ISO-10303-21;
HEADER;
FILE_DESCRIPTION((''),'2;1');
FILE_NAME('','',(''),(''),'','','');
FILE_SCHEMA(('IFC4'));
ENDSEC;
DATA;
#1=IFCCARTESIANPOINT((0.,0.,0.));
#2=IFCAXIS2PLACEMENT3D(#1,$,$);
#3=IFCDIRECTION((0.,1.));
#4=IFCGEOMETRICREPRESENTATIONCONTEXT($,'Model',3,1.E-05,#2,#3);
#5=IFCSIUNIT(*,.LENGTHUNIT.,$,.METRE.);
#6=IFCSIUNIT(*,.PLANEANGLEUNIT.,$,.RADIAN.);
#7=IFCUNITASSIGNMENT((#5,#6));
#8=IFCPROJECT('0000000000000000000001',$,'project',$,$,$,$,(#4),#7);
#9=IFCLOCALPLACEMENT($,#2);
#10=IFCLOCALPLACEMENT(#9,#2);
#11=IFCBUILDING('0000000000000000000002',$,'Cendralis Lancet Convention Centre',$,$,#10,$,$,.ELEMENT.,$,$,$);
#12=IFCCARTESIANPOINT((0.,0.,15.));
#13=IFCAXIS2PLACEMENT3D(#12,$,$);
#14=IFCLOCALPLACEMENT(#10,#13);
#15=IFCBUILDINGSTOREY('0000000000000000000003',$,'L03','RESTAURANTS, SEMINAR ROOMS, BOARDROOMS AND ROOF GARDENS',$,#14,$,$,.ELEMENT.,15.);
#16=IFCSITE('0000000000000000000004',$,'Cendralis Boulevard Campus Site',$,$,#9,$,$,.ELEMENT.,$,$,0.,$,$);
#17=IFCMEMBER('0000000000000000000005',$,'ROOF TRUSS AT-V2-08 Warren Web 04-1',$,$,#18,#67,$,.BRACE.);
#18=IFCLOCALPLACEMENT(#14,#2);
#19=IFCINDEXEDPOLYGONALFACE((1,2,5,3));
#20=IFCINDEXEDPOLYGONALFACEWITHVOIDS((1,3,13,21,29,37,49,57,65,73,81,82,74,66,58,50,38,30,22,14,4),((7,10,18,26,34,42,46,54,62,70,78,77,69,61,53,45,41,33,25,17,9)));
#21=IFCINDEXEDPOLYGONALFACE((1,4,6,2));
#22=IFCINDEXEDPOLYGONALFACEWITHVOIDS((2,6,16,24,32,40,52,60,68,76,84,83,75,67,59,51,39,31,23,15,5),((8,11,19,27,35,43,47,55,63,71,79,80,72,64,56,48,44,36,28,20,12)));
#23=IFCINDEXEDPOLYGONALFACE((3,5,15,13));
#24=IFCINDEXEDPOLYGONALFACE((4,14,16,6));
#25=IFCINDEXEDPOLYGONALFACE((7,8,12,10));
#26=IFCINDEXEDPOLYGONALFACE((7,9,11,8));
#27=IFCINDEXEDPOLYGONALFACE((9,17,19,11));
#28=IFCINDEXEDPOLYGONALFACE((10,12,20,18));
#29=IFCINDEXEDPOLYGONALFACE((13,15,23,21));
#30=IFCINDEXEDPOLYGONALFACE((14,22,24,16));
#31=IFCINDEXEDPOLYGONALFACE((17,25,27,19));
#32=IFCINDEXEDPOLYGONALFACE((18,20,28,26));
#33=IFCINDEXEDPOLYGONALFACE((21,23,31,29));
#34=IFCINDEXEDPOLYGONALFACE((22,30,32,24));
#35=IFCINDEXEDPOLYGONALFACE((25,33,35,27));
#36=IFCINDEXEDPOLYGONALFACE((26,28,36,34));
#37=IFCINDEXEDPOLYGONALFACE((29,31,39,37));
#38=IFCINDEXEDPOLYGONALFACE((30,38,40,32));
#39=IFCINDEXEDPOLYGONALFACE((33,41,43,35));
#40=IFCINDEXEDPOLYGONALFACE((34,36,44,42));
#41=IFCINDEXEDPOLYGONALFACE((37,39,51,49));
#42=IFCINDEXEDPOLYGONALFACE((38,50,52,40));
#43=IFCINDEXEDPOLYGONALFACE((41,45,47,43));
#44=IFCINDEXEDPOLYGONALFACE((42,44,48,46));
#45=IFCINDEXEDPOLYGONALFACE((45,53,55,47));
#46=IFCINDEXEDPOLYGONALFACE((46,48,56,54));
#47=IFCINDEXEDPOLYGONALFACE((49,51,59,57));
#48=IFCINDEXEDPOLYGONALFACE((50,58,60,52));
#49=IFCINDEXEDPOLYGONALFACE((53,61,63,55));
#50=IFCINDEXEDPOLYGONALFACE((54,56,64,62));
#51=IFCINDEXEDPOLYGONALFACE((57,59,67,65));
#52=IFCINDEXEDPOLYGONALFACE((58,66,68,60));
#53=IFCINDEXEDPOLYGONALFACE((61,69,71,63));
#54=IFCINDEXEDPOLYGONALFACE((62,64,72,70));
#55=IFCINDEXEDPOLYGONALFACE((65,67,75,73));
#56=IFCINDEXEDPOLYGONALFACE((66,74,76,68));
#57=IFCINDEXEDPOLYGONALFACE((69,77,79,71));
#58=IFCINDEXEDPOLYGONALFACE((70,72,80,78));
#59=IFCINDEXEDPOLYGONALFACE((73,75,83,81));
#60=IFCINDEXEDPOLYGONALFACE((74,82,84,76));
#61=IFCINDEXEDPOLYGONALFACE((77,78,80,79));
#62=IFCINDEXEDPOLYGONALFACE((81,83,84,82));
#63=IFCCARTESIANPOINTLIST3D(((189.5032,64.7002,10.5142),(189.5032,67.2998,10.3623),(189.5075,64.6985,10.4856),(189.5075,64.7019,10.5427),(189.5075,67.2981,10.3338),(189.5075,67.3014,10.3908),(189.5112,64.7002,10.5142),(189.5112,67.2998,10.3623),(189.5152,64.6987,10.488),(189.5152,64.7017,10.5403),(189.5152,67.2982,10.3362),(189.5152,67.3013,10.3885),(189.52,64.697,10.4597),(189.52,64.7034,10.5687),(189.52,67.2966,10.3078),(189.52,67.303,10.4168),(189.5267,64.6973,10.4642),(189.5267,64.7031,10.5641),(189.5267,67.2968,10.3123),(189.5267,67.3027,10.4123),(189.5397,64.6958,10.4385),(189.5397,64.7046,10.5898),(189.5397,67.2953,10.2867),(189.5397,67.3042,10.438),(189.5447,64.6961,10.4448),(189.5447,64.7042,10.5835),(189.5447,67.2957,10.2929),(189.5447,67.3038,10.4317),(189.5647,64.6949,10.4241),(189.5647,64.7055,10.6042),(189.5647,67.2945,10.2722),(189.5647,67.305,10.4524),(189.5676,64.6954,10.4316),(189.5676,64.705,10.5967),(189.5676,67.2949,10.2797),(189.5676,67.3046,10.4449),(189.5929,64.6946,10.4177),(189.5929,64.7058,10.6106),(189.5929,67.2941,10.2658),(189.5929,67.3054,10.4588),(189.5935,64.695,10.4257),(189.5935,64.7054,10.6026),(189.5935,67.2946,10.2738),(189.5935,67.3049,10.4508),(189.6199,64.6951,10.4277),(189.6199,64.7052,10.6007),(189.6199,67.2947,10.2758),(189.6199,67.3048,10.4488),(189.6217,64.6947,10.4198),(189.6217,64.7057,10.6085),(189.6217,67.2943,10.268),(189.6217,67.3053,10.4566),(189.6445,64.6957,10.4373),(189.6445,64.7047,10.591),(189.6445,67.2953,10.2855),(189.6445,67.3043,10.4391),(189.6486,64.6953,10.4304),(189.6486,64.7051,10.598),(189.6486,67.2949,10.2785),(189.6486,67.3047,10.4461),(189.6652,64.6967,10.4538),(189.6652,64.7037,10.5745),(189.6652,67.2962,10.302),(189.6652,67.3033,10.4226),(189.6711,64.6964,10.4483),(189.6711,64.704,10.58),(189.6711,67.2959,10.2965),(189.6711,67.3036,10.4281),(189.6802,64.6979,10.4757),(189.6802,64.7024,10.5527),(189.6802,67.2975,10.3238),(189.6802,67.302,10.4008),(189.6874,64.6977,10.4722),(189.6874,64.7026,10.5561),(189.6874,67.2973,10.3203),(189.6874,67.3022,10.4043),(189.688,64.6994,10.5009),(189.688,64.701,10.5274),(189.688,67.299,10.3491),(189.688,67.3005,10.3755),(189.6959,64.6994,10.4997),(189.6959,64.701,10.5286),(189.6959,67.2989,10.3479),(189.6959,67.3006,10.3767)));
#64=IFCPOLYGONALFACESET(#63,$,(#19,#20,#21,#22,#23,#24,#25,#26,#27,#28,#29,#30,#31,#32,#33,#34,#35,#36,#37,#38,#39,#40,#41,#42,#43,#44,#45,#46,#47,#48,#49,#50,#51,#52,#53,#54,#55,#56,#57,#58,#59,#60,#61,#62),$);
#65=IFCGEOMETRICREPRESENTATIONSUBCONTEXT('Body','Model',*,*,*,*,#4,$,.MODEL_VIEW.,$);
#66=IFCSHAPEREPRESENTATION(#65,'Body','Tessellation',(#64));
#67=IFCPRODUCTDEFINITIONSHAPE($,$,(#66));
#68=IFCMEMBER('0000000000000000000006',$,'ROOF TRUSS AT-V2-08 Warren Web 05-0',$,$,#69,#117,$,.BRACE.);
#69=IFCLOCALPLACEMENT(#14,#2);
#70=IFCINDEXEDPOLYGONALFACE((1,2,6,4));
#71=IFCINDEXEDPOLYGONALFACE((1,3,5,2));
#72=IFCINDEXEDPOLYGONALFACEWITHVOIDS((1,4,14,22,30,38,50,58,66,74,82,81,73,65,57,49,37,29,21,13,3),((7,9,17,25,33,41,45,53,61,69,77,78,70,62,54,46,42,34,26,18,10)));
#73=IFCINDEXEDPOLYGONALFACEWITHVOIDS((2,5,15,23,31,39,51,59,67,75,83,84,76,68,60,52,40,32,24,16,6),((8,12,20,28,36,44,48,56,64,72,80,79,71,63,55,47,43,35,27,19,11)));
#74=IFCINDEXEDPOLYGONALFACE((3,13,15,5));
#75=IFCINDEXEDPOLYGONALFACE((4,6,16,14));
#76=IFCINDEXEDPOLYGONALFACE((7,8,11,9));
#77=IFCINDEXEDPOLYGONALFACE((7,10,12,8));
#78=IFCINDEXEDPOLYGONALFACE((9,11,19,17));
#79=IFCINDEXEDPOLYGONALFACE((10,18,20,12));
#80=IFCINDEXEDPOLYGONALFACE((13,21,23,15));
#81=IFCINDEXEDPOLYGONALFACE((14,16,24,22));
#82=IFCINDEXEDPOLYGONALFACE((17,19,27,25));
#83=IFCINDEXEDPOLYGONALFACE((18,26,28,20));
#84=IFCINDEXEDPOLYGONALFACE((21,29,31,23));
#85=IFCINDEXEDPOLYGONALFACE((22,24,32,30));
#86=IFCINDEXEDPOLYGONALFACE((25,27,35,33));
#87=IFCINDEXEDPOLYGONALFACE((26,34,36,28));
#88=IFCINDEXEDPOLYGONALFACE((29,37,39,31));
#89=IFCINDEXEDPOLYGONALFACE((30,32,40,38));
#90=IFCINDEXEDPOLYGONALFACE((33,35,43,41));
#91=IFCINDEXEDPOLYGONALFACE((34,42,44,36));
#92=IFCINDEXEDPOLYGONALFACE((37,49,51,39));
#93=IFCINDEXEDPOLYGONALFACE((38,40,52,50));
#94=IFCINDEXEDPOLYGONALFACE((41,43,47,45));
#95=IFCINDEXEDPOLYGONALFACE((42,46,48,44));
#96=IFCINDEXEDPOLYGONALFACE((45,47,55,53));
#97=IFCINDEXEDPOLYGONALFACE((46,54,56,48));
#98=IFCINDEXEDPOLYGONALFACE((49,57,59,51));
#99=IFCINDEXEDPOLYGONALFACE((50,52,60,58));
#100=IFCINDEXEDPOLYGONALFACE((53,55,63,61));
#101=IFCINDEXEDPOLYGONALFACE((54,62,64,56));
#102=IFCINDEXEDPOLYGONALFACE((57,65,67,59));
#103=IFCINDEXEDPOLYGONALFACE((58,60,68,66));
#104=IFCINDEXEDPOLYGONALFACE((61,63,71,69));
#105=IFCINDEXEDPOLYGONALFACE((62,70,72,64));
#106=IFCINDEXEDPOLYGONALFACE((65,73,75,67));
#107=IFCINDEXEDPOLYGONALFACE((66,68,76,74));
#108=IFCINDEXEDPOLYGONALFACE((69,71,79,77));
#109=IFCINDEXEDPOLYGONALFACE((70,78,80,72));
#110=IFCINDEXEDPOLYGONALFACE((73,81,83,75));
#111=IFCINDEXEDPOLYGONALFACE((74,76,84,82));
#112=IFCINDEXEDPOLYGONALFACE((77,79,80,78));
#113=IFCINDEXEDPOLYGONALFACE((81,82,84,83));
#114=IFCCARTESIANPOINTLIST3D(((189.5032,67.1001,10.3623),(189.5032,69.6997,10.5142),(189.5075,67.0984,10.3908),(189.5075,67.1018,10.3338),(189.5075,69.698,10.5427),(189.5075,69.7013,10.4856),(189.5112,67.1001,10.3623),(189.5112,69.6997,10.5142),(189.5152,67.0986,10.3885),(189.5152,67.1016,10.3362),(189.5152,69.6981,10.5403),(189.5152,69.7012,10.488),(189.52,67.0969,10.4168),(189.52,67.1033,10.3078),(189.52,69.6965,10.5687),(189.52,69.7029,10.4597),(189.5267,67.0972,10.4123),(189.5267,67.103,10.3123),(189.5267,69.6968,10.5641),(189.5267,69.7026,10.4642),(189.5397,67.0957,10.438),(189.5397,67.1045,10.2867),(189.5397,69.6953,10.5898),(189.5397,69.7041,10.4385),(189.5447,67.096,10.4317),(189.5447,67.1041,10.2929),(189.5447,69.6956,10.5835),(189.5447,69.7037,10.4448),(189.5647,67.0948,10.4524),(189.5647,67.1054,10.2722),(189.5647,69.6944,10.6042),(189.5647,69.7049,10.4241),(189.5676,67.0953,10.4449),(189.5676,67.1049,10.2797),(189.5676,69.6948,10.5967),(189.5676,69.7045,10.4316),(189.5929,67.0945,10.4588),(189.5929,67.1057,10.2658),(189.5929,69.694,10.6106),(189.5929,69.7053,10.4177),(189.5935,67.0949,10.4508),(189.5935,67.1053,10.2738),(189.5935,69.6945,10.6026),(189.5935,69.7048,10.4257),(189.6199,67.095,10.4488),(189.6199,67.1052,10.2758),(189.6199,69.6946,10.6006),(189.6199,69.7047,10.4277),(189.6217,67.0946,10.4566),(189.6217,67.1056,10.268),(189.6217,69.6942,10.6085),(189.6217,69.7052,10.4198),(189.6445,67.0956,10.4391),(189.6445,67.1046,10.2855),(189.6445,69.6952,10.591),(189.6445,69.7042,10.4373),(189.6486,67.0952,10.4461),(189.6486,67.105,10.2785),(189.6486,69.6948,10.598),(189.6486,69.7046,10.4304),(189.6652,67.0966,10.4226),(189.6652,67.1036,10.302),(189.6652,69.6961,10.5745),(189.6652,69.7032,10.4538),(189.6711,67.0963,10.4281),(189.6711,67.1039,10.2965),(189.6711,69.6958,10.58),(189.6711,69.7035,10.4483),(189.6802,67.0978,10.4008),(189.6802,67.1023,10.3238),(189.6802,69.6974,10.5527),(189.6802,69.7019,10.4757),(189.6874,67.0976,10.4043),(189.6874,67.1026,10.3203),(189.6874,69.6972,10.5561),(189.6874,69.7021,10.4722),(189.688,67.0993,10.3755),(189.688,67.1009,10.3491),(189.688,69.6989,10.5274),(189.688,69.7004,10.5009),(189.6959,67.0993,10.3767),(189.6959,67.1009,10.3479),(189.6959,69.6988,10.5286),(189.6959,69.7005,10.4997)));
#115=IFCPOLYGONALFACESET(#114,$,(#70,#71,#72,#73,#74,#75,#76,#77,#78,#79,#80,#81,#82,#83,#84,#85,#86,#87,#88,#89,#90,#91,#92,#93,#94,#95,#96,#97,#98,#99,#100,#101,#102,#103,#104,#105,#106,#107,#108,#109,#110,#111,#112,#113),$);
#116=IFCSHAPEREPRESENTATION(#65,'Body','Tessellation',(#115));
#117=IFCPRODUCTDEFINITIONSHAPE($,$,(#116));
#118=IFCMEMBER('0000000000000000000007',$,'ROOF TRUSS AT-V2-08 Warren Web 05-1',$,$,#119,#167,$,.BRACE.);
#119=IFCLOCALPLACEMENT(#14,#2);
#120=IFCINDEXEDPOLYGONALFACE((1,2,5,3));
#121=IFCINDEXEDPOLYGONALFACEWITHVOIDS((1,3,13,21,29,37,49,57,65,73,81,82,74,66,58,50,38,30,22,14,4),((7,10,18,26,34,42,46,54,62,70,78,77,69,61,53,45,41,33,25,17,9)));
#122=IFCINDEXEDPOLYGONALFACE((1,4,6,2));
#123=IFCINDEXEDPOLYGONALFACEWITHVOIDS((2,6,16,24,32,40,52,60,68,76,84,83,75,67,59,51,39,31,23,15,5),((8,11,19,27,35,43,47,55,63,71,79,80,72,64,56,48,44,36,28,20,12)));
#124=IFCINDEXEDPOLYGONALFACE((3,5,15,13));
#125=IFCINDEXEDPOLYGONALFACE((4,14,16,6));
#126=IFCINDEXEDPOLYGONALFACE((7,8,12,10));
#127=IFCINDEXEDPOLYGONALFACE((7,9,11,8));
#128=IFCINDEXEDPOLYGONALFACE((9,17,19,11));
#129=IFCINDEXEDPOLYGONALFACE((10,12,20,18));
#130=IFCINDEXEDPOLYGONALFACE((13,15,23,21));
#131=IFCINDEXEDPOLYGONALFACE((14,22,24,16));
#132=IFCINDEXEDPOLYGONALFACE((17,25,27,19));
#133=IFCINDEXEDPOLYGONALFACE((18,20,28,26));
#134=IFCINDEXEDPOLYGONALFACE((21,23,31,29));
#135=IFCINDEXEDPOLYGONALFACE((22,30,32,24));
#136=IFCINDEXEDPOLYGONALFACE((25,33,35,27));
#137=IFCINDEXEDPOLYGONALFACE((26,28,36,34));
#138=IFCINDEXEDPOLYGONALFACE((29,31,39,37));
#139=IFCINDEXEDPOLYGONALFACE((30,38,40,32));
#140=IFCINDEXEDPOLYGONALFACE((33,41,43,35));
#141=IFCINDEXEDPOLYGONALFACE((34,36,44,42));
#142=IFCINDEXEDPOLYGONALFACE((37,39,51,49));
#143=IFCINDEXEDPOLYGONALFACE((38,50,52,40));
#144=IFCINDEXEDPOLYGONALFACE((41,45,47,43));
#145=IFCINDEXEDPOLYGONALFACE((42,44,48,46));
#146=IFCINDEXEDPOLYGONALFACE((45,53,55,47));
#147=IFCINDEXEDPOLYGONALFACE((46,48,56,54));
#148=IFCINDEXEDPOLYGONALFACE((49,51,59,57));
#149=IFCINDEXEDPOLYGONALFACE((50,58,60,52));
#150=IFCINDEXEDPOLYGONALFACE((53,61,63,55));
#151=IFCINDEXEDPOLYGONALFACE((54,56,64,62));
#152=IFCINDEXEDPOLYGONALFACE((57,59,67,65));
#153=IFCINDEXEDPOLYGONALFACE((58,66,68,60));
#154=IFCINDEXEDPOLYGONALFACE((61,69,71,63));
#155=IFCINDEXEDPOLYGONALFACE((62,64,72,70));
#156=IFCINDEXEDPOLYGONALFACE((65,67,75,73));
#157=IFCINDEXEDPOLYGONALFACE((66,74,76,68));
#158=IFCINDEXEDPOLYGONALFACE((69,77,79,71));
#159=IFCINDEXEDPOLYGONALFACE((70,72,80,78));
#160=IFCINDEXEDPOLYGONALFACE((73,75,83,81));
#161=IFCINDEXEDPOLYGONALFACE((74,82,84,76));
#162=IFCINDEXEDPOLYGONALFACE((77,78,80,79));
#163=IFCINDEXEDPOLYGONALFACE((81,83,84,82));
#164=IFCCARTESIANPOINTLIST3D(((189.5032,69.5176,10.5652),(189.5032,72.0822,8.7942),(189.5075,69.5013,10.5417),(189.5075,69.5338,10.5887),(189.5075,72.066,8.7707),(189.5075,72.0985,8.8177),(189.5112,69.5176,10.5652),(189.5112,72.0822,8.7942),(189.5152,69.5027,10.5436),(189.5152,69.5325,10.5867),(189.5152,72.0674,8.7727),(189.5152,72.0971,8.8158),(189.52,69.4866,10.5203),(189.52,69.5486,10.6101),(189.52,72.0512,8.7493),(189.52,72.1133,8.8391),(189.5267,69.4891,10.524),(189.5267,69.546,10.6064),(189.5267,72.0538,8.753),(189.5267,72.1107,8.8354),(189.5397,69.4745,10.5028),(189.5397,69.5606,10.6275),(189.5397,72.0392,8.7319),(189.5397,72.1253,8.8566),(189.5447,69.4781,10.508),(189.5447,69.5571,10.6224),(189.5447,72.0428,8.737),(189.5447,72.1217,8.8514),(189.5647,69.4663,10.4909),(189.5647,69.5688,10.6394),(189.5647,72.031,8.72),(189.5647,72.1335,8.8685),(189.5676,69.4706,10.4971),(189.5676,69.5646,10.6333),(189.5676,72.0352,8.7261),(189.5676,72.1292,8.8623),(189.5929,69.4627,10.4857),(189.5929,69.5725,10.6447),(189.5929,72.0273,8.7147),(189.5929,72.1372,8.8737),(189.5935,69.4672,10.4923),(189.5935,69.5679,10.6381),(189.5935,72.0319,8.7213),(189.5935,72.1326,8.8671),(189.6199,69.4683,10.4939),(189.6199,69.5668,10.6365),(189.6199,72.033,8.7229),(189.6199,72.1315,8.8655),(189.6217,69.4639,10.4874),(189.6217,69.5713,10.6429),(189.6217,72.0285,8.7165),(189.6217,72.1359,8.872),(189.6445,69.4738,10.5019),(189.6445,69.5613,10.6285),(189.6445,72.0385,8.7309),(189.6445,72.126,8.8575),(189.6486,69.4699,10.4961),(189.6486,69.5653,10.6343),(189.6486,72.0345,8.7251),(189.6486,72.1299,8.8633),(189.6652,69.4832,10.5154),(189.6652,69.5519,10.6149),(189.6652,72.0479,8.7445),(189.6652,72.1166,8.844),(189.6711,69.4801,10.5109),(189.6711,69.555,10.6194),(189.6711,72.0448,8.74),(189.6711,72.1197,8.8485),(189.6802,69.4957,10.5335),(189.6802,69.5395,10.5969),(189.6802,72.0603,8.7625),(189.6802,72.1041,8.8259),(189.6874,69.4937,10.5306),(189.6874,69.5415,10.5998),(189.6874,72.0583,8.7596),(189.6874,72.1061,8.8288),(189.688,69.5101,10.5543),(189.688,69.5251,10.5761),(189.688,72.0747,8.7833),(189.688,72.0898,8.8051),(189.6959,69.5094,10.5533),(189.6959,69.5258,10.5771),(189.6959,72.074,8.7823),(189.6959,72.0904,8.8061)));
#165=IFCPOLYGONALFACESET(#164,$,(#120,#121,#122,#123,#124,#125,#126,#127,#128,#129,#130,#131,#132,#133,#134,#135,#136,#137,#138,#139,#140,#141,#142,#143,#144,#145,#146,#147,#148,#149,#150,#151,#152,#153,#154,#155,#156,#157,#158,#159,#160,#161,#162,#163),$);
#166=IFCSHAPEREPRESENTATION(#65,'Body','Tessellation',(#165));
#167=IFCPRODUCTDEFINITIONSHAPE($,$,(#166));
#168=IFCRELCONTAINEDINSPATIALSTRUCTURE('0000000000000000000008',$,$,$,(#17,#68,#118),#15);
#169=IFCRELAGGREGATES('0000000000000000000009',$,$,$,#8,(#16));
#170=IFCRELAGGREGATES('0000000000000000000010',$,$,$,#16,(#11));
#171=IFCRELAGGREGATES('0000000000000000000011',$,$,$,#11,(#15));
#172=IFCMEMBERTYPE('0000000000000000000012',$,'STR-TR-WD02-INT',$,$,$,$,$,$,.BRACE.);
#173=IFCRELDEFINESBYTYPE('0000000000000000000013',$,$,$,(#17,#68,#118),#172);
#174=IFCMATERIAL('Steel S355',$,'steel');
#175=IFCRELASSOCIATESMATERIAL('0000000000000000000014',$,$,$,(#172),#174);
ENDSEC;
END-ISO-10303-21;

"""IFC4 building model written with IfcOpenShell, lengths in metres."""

from ifc_helpers import new_model, si_unit, direction, frame, origin, origin_2d, place, context, subcontext, project, spatial, hollow_circle, extrude, material, material_profile, profile_set, type_object, element, save


model = new_model("IFC4")

# Units and contexts
model_context = context("Model", 3, precision=1e-05, world=origin(), true_north=direction((0.0, 1.0)))
body_context = subcontext(model_context, "Body", "Model", "MODEL_VIEW")
ifc_project = project(units=[si_unit("LENGTHUNIT", "METRE"), si_unit("PLANEANGLEUNIT", "RADIAN")], contexts=[model_context])

# Site, building, storey
site_placement = place(None, origin())
site = spatial("IfcSite", under=ifc_project, at=site_placement, Name="Cendralis Boulevard Campus Site", CompositionType="ELEMENT", RefElevation=0.0)
building_placement = place(site_placement, origin())
building = spatial("IfcBuilding", under=site, at=building_placement, Name="Cendralis Lancet Convention Centre", CompositionType="ELEMENT")
storey_placement = place(building_placement, frame((0.0, 0.0, 15.0)))
storey = spatial("IfcBuildingStorey", under=building, at=storey_placement, Name="L03", Description="RESTAURANTS, SEMINAR ROOMS, BOARDROOMS AND ROOF GARDENS", CompositionType="ELEMENT", Elevation=15.0)

# Shared definitions
ifc_material = material(Name="Steel S355", Category="steel")

# Members
ifc_material_profile_1 = material_profile(ifc_material, hollow_circle(Radius=0.0969, WallThickness=0.0081, at=origin_2d()), Name="CHS 193.7x8.0")
ifc_profile_set_1 = profile_set([ifc_material_profile_1], Name="Steel S355")
member_type_1 = type_object("IfcMemberType", Name="STR-TR-WD02-INT", PredefinedType="BRACE", material=ifc_profile_set_1)
for number, where, z_axis, x_axis, name in (
    (1, (189.6001, 64.7002, 10.5142), (0.0, 0.998298, -0.058315), (-1.0, 0.0, 0.0), "ROOF TRUSS AT-V2-08 Warren Web 04-1"),
    (2, (189.6001, 67.1001, 10.3623), (0.0, 0.998298, 0.058315), (-1.0, 0.0, 0.0), "ROOF TRUSS AT-V2-08 Warren Web 05-0"),
):
    element("IfcMember", number, at=place(storey_placement, frame(where, z_axis=z_axis, x_axis=x_axis)), inside=storey, type_object=member_type_1, Name=name, PredefinedType="BRACE", context=body_context, shape_type="SweptSolid", body=[
        extrude(hollow_circle(Radius=0.0969, WallThickness=0.0081, at=origin_2d()), origin(), (0.0, 0.0, 1.0), 2.604),
    ])
member_1_placement = place(storey_placement, frame((189.6001, 69.5176, 10.5652), z_axis=(0.0, 0.822877, -0.56822), x_axis=(-1.0, 0.0, 0.0)))
element("IfcMember", 3, at=member_1_placement, inside=storey, type_object=member_type_1, Name="ROOF TRUSS AT-V2-08 Warren Web 05-1", PredefinedType="BRACE", context=body_context, shape_type="SweptSolid", body=[
    extrude(hollow_circle(Radius=0.0969, WallThickness=0.0081, at=origin_2d()), origin(), (0.0, 0.0, 1.0), 3.1167),
])

save(model, "model.ifc")
